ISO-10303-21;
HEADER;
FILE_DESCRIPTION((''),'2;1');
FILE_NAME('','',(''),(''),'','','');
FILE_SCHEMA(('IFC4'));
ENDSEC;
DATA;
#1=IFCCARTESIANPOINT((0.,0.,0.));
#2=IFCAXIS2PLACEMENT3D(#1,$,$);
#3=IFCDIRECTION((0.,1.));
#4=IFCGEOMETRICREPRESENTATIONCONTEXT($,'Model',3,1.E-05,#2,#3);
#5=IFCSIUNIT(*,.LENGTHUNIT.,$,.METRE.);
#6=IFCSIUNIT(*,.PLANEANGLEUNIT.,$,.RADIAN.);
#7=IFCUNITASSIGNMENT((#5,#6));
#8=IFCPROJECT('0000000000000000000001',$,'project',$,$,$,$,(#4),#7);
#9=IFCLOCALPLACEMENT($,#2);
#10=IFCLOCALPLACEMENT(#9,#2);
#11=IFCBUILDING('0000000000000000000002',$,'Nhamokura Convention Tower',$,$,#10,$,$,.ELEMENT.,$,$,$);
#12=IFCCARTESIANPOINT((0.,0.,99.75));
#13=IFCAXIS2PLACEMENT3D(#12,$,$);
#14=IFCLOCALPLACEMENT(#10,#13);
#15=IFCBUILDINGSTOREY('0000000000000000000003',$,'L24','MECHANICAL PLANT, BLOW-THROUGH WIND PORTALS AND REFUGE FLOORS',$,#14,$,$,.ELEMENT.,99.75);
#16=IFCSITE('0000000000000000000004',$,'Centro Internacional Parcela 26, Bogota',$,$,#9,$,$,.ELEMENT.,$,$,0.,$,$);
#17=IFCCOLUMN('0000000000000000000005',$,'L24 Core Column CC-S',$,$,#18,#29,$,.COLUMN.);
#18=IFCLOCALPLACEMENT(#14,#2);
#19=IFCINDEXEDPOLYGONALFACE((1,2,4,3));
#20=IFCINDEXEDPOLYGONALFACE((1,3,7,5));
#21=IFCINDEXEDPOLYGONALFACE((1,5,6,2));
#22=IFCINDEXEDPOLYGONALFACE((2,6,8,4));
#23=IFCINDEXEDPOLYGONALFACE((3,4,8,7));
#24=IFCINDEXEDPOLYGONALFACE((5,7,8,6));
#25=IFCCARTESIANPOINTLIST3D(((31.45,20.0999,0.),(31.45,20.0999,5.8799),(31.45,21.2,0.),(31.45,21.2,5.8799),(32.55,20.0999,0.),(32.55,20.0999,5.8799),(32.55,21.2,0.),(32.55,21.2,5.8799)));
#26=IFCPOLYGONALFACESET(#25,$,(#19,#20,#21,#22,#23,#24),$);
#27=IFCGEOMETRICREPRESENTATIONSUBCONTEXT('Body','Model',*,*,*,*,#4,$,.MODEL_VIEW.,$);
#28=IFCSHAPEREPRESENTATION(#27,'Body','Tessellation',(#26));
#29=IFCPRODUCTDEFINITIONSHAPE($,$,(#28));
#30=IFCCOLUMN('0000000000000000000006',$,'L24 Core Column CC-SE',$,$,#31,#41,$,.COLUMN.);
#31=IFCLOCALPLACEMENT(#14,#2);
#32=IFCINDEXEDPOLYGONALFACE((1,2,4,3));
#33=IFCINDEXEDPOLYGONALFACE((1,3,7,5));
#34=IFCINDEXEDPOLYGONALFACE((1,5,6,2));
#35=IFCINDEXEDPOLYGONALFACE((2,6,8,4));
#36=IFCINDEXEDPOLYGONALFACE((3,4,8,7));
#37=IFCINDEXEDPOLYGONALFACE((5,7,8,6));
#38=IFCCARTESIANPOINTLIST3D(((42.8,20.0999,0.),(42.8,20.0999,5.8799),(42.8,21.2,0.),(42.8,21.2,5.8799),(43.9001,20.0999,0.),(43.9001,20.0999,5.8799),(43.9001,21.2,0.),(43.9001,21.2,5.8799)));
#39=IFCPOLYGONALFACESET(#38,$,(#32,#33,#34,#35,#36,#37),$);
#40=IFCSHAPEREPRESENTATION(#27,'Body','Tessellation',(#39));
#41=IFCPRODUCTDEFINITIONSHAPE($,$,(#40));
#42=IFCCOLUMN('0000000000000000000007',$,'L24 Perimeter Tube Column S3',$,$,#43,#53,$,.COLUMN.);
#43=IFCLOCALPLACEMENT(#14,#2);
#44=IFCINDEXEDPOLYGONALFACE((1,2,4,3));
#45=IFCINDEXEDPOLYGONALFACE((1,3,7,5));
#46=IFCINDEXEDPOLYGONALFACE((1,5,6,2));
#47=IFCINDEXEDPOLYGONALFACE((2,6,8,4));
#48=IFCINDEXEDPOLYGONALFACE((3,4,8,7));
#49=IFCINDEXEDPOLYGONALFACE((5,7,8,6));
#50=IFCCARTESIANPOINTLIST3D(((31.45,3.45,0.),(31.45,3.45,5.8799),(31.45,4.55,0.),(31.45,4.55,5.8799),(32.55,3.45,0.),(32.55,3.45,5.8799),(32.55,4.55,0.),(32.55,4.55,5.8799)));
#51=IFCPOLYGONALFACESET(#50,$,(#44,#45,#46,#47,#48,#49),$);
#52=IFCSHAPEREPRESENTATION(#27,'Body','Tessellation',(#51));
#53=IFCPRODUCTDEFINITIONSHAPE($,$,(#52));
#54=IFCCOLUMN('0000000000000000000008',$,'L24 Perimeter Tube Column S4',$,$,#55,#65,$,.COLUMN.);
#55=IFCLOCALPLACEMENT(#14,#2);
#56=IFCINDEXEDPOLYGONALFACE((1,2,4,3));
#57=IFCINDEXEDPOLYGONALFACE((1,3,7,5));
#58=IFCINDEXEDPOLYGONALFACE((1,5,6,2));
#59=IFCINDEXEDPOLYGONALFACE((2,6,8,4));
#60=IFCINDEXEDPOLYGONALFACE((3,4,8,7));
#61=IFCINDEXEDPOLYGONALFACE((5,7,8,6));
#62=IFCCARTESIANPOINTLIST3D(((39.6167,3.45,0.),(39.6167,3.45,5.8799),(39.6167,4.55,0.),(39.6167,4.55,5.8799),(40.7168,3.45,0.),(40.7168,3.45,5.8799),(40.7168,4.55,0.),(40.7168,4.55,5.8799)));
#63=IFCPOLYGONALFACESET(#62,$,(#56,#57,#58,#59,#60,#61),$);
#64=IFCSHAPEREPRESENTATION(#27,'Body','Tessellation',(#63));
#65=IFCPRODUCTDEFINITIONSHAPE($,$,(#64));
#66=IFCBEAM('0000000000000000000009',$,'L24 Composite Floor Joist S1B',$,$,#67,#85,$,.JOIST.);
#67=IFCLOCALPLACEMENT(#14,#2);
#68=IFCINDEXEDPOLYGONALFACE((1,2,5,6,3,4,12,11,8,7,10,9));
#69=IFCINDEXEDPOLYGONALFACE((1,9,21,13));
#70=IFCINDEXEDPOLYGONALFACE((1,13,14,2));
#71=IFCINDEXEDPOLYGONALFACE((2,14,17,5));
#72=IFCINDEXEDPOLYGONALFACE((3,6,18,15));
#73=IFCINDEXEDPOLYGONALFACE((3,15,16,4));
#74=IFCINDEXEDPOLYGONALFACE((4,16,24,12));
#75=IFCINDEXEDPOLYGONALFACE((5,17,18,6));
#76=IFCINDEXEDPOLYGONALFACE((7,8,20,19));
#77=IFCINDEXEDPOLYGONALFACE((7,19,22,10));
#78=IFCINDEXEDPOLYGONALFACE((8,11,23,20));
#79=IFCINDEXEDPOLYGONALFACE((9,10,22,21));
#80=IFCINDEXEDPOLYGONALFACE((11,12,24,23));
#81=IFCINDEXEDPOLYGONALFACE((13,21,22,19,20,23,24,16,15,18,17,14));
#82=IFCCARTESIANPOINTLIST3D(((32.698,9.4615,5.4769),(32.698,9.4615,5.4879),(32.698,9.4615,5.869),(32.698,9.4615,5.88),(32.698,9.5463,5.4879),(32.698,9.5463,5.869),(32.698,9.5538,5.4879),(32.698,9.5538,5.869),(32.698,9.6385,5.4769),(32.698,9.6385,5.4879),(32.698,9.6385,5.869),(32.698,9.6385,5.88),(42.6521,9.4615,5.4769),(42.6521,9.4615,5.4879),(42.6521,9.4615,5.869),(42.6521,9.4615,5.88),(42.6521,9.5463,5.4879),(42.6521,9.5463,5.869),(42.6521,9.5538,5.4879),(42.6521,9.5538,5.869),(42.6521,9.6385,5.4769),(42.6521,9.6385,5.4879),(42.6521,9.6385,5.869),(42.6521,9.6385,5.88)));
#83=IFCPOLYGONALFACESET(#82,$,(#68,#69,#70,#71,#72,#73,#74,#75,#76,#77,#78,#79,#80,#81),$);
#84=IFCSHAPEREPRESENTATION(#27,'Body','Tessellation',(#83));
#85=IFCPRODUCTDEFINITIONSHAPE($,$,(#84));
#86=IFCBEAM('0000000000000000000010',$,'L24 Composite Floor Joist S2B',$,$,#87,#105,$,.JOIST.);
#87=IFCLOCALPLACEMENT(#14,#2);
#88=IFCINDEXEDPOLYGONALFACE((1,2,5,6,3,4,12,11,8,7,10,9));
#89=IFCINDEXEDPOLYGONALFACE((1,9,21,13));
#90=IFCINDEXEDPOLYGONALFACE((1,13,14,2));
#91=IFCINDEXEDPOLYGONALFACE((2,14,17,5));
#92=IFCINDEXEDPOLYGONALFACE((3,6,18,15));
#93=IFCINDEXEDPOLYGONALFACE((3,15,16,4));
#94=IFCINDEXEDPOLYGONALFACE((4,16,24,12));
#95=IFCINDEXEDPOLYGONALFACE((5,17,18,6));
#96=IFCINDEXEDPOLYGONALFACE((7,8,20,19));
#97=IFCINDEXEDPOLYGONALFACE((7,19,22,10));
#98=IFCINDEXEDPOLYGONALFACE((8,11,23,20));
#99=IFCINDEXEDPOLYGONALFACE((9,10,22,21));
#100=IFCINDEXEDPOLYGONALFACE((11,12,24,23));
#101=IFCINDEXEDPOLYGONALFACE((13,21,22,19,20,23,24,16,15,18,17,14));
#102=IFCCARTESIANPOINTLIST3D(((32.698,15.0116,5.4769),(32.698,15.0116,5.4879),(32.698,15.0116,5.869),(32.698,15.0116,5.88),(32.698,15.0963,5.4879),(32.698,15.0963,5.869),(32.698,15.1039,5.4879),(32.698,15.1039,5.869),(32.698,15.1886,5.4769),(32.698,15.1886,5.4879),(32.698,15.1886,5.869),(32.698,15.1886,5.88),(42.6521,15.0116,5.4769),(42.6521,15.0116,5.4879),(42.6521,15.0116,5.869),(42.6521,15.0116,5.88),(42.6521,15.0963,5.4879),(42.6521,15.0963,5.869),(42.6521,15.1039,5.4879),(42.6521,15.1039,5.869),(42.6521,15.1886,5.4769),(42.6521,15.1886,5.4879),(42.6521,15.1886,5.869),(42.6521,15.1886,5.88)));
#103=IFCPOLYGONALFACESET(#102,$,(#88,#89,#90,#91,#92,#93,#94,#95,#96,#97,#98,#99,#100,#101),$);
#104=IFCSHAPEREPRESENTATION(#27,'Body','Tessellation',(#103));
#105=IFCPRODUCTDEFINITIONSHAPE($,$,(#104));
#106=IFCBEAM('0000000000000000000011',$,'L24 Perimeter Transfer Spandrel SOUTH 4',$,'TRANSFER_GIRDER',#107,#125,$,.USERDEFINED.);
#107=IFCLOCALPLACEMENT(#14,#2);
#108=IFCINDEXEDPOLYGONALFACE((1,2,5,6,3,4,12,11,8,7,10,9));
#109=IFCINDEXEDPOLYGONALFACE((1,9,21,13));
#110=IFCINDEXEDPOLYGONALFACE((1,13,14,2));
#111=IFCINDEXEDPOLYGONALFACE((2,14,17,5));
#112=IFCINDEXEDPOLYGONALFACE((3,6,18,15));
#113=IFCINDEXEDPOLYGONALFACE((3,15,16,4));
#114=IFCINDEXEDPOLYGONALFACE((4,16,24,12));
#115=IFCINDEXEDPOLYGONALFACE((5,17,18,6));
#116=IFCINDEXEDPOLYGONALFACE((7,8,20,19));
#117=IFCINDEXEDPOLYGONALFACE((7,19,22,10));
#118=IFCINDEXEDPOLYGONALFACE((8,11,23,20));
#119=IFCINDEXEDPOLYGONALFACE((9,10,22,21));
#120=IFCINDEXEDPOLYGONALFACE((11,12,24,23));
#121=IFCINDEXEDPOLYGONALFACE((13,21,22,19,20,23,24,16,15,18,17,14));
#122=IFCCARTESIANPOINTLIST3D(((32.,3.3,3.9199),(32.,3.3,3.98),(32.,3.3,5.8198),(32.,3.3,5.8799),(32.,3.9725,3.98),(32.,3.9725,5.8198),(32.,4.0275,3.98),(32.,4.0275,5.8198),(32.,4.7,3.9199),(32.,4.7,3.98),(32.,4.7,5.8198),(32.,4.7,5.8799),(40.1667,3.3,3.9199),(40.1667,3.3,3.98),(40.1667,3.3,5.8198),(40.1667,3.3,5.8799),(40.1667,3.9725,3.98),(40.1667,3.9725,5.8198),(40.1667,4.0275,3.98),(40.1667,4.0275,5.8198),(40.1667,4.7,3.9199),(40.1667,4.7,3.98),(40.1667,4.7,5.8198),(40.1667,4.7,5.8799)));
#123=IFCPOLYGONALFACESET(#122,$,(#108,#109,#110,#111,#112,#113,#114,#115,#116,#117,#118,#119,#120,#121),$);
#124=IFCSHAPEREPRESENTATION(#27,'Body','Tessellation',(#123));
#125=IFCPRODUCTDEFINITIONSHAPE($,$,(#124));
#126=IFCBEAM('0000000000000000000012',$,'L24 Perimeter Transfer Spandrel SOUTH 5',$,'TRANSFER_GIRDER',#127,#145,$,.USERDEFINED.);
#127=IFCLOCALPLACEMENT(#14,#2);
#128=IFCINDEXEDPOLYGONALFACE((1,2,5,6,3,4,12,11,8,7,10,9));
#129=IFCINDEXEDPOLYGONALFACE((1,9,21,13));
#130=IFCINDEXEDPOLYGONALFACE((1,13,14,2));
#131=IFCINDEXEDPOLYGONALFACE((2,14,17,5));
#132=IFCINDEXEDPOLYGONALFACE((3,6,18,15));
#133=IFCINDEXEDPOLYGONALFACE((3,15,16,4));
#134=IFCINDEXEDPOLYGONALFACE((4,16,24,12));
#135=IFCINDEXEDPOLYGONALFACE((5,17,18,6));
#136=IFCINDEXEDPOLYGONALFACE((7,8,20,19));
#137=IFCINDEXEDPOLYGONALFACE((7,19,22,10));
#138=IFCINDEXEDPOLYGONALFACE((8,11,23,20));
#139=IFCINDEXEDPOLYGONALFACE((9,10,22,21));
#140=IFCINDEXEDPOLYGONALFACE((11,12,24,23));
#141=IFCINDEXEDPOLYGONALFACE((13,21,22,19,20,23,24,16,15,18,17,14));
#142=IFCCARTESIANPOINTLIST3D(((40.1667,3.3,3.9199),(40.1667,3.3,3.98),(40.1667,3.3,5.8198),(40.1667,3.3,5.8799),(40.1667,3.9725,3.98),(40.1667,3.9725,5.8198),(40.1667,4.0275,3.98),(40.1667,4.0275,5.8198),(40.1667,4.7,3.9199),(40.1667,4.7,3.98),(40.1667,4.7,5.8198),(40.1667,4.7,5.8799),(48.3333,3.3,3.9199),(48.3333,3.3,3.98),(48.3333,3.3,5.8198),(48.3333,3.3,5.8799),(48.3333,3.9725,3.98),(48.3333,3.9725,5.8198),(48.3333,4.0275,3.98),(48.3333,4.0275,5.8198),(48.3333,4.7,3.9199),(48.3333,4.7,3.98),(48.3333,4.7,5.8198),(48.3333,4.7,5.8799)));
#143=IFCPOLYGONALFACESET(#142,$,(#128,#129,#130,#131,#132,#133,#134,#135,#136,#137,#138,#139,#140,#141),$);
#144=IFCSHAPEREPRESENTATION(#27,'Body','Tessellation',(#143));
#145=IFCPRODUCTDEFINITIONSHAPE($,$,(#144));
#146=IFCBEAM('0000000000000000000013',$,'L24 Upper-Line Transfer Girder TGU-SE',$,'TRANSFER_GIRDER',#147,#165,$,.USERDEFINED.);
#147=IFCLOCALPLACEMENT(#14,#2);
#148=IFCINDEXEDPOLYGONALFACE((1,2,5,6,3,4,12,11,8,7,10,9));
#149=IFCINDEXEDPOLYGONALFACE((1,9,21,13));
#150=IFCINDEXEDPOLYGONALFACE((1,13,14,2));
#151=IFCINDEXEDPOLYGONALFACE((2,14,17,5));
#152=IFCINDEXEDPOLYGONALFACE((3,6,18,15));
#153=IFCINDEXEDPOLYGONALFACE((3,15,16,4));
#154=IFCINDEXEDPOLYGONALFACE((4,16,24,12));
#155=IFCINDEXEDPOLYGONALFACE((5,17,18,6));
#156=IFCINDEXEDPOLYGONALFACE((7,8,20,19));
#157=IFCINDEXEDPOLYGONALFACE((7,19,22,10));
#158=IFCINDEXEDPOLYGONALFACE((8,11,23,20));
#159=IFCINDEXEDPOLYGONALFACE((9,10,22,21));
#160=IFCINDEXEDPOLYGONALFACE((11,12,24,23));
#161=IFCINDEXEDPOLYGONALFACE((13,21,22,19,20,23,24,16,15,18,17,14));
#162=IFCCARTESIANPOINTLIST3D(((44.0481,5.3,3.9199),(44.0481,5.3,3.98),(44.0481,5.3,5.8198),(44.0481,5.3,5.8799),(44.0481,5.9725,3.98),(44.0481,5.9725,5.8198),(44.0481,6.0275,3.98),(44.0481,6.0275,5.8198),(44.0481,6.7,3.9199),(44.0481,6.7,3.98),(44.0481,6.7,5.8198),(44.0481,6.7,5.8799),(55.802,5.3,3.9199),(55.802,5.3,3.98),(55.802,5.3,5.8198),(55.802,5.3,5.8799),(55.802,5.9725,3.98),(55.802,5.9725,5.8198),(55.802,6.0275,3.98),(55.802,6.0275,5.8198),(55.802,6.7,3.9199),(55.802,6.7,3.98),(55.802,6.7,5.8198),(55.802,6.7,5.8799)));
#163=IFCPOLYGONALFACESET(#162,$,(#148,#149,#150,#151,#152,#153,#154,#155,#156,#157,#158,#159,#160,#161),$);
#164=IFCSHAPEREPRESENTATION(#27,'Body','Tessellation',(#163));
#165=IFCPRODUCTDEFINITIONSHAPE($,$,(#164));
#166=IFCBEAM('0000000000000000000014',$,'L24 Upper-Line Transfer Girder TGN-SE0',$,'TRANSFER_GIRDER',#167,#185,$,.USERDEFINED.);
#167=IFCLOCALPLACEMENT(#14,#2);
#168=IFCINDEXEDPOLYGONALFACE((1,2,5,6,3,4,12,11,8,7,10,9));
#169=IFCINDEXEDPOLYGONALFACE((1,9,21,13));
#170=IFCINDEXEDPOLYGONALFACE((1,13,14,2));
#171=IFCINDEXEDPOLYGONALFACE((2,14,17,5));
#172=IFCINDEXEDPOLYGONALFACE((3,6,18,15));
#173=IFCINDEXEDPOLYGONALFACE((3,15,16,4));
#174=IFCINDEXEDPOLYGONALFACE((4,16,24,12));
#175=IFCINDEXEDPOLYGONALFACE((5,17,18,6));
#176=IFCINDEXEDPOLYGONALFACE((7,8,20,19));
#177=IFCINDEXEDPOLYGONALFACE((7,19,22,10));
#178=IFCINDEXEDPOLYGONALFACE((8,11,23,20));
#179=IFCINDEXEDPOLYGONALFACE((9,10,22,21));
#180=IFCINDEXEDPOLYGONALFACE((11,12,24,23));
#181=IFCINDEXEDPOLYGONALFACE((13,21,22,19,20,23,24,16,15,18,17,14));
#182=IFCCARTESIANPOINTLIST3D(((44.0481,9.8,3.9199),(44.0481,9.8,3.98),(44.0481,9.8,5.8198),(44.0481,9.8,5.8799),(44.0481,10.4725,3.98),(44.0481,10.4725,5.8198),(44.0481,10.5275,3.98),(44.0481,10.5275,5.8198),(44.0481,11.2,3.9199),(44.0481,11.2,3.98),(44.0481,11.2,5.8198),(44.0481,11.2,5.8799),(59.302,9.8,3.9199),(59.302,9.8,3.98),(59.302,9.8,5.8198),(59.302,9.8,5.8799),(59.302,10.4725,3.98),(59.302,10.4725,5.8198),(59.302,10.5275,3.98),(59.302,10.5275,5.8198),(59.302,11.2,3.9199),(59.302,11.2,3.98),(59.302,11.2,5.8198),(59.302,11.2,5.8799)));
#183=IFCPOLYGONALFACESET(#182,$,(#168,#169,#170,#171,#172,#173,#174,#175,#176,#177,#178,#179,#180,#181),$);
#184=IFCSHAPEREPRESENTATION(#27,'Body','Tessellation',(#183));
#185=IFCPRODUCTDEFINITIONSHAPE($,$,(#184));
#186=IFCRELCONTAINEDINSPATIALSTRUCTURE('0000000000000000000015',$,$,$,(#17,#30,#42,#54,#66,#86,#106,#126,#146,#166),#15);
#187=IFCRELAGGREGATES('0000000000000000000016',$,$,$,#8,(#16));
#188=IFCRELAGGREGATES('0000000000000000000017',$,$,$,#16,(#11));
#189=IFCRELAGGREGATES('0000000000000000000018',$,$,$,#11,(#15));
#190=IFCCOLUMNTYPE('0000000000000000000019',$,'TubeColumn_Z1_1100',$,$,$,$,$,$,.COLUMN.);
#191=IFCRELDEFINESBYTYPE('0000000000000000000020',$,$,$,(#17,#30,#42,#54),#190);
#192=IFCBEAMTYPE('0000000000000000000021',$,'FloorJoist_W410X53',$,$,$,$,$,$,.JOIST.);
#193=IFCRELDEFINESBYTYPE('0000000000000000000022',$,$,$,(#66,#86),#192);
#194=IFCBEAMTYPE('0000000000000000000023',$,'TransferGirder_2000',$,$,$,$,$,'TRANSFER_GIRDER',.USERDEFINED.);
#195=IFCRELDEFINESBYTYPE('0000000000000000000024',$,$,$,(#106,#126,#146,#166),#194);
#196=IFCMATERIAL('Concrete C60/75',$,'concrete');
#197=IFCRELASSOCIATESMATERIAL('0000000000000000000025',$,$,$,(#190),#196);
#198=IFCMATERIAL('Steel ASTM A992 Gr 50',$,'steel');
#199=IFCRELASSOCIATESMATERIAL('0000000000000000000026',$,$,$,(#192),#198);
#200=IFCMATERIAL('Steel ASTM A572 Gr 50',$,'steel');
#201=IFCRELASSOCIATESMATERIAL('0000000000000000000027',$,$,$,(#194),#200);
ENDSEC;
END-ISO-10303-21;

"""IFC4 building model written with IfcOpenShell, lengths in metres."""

from ifc_helpers import new_model, si_unit, direction, frame, origin, origin_2d, place, context, subcontext, project, spatial, rectangle, i_section, extrude, material, material_profile, profile_set, type_object, element, save


model = new_model("IFC4")

# Units and contexts
model_context = context("Model", 3, precision=1e-05, world=origin(), true_north=direction((0.0, 1.0)))
body_context = subcontext(model_context, "Body", "Model", "MODEL_VIEW")
ifc_project = project(units=[si_unit("LENGTHUNIT", "METRE"), si_unit("PLANEANGLEUNIT", "RADIAN")], contexts=[model_context])

# Site, building, storey
site_placement = place(None, origin())
site = spatial("IfcSite", under=ifc_project, at=site_placement, Name="Centro Internacional Parcela 26, Bogota", CompositionType="ELEMENT", RefElevation=0.0)
building_placement = place(site_placement, origin())
building = spatial("IfcBuilding", under=site, at=building_placement, Name="Nhamokura Convention Tower", CompositionType="ELEMENT")
storey_placement = place(building_placement, frame((0.0, 0.0, 99.75)))
storey = spatial("IfcBuildingStorey", under=building, at=storey_placement, Name="L24", Description="MECHANICAL PLANT, BLOW-THROUGH WIND PORTALS AND REFUGE FLOORS", CompositionType="ELEMENT", Elevation=99.75)

# Columns
ifc_material_1 = material(Name="Concrete C60/75", Category="concrete")
ifc_material_profile_1 = material_profile(ifc_material_1, rectangle(XDim=1.1001, YDim=1.1001, at=origin_2d()))
ifc_profile_set_1 = profile_set([ifc_material_profile_1], Name="Concrete C60/75")
column_type = type_object("IfcColumnType", Name="TubeColumn_Z1_1100", PredefinedType="COLUMN", material=ifc_profile_set_1)
for number, where, z_axis, x_axis, name in (
    (1, (32.0, 20.6499, 0.0), (0.0, 0.0, 1.0), (1.0, 0.0, 0.0), "L24 Core Column CC-S"),
    (2, (43.3501, 20.6499, 0.0), (0.0, 0.0, 1.0), (1.0, 0.0, 0.0), "L24 Core Column CC-SE"),
    (3, (32.0, 4.0, 0.0), (0.0, 0.0, 1.0), (1.0, 0.0, 0.0), "L24 Perimeter Tube Column S3"),
    (4, (40.1667, 4.0, 0.0), (0.0, 0.0, 1.0), (1.0, 0.0, 0.0), "L24 Perimeter Tube Column S4"),
):
    element("IfcColumn", number, at=place(storey_placement, frame(where, z_axis=z_axis, x_axis=x_axis)), inside=storey, type_object=column_type, Name=name, PredefinedType="COLUMN", context=body_context, shape_type="SweptSolid", body=[
        extrude(rectangle(XDim=1.1001, YDim=1.1001, at=origin_2d()), origin(), (0.0, 0.0, 1.0), 5.8799),
    ])

# Beams
ifc_material_2 = material(Name="Steel ASTM A992 Gr 50", Category="steel")
ifc_material_profile_2 = material_profile(ifc_material_2, i_section(OverallWidth=0.177, OverallDepth=0.4031, WebThickness=0.0076, FlangeThickness=0.011, at=origin_2d()))
ifc_profile_set_2 = profile_set([ifc_material_profile_2], Name="Steel ASTM A992 Gr 50")
beam_type_1 = type_object("IfcBeamType", Name="FloorJoist_W410X53", PredefinedType="JOIST", material=ifc_profile_set_2)
for number, where, z_axis, x_axis, name in (
    (5, (32.698, 9.55, 5.6785), (1.0, 0.0, 0.0), (0.0, 1.0, 0.0), "L24 Composite Floor Joist S1B"),
    (6, (32.698, 15.1001, 5.6785), (1.0, 0.0, 0.0), (0.0, 1.0, 0.0), "L24 Composite Floor Joist S2B"),
):
    element("IfcBeam", number, at=place(storey_placement, frame(where, z_axis=z_axis, x_axis=x_axis)), inside=storey, type_object=beam_type_1, Name=name, PredefinedType="JOIST", context=body_context, shape_type="SweptSolid", body=[
        extrude(i_section(OverallWidth=0.177, OverallDepth=0.4031, WebThickness=0.0076, FlangeThickness=0.011, at=origin_2d()), origin(), (0.0, 0.0, 1.0), 9.9541),
    ])
ifc_material_3 = material(Name="Steel ASTM A572 Gr 50", Category="steel")
ifc_material_profile_3 = material_profile(ifc_material_3, i_section(OverallWidth=1.3999, OverallDepth=1.96, WebThickness=0.0549, FlangeThickness=0.0601, at=origin_2d()))
ifc_profile_set_3 = profile_set([ifc_material_profile_3], Name="Steel ASTM A572 Gr 50")
beam_type_2 = type_object("IfcBeamType", Name="TransferGirder_2000", ElementType="TRANSFER_GIRDER", PredefinedType="USERDEFINED", material=ifc_profile_set_3)
beam_1_placement = place(storey_placement, frame((32.0, 4.0, 4.8999), z_axis=(1.0, 0.0, 0.0), x_axis=(0.0, 1.0, 0.0)))
element("IfcBeam", 7, at=beam_1_placement, inside=storey, type_object=beam_type_2, Name="L24 Perimeter Transfer Spandrel SOUTH 4", ObjectType="TRANSFER_GIRDER", PredefinedType="USERDEFINED", context=body_context, shape_type="SweptSolid", body=[
    extrude(i_section(OverallWidth=1.3999, OverallDepth=1.96, WebThickness=0.0549, FlangeThickness=0.0601, at=origin_2d()), origin(), (0.0, 0.0, 1.0), 8.1667),
])
beam_2_placement = place(storey_placement, frame((40.1667, 4.0, 4.8999), z_axis=(1.0, 0.0, 0.0), x_axis=(0.0, 1.0, 0.0)))
element("IfcBeam", 8, at=beam_2_placement, inside=storey, type_object=beam_type_2, Name="L24 Perimeter Transfer Spandrel SOUTH 5", ObjectType="TRANSFER_GIRDER", PredefinedType="USERDEFINED", context=body_context, shape_type="SweptSolid", body=[
    extrude(i_section(OverallWidth=1.3999, OverallDepth=1.96, WebThickness=0.0549, FlangeThickness=0.0601, at=origin_2d()), origin(), (0.0, 0.0, 1.0), 8.1665),
])
beam_3_placement = place(storey_placement, frame((44.0481, 6.0, 4.8999), z_axis=(1.0, 0.0, 0.0), x_axis=(0.0, 1.0, 0.0)))
element("IfcBeam", 9, at=beam_3_placement, inside=storey, type_object=beam_type_2, Name="L24 Upper-Line Transfer Girder TGU-SE", ObjectType="TRANSFER_GIRDER", PredefinedType="USERDEFINED", context=body_context, shape_type="SweptSolid", body=[
    extrude(i_section(OverallWidth=1.3999, OverallDepth=1.96, WebThickness=0.0549, FlangeThickness=0.0601, at=origin_2d()), origin(), (0.0, 0.0, 1.0), 11.7539),
])
beam_4_placement = place(storey_placement, frame((44.0481, 10.5, 4.8999), z_axis=(1.0, 0.0, 0.0), x_axis=(0.0, 1.0, 0.0)))
element("IfcBeam", 10, at=beam_4_placement, inside=storey, type_object=beam_type_2, Name="L24 Upper-Line Transfer Girder TGN-SE0", ObjectType="TRANSFER_GIRDER", PredefinedType="USERDEFINED", context=body_context, shape_type="SweptSolid", body=[
    extrude(i_section(OverallWidth=1.3999, OverallDepth=1.96, WebThickness=0.0549, FlangeThickness=0.0601, at=origin_2d()), origin(), (0.0, 0.0, 1.0), 15.2539),
])

save(model, "model.ifc")
